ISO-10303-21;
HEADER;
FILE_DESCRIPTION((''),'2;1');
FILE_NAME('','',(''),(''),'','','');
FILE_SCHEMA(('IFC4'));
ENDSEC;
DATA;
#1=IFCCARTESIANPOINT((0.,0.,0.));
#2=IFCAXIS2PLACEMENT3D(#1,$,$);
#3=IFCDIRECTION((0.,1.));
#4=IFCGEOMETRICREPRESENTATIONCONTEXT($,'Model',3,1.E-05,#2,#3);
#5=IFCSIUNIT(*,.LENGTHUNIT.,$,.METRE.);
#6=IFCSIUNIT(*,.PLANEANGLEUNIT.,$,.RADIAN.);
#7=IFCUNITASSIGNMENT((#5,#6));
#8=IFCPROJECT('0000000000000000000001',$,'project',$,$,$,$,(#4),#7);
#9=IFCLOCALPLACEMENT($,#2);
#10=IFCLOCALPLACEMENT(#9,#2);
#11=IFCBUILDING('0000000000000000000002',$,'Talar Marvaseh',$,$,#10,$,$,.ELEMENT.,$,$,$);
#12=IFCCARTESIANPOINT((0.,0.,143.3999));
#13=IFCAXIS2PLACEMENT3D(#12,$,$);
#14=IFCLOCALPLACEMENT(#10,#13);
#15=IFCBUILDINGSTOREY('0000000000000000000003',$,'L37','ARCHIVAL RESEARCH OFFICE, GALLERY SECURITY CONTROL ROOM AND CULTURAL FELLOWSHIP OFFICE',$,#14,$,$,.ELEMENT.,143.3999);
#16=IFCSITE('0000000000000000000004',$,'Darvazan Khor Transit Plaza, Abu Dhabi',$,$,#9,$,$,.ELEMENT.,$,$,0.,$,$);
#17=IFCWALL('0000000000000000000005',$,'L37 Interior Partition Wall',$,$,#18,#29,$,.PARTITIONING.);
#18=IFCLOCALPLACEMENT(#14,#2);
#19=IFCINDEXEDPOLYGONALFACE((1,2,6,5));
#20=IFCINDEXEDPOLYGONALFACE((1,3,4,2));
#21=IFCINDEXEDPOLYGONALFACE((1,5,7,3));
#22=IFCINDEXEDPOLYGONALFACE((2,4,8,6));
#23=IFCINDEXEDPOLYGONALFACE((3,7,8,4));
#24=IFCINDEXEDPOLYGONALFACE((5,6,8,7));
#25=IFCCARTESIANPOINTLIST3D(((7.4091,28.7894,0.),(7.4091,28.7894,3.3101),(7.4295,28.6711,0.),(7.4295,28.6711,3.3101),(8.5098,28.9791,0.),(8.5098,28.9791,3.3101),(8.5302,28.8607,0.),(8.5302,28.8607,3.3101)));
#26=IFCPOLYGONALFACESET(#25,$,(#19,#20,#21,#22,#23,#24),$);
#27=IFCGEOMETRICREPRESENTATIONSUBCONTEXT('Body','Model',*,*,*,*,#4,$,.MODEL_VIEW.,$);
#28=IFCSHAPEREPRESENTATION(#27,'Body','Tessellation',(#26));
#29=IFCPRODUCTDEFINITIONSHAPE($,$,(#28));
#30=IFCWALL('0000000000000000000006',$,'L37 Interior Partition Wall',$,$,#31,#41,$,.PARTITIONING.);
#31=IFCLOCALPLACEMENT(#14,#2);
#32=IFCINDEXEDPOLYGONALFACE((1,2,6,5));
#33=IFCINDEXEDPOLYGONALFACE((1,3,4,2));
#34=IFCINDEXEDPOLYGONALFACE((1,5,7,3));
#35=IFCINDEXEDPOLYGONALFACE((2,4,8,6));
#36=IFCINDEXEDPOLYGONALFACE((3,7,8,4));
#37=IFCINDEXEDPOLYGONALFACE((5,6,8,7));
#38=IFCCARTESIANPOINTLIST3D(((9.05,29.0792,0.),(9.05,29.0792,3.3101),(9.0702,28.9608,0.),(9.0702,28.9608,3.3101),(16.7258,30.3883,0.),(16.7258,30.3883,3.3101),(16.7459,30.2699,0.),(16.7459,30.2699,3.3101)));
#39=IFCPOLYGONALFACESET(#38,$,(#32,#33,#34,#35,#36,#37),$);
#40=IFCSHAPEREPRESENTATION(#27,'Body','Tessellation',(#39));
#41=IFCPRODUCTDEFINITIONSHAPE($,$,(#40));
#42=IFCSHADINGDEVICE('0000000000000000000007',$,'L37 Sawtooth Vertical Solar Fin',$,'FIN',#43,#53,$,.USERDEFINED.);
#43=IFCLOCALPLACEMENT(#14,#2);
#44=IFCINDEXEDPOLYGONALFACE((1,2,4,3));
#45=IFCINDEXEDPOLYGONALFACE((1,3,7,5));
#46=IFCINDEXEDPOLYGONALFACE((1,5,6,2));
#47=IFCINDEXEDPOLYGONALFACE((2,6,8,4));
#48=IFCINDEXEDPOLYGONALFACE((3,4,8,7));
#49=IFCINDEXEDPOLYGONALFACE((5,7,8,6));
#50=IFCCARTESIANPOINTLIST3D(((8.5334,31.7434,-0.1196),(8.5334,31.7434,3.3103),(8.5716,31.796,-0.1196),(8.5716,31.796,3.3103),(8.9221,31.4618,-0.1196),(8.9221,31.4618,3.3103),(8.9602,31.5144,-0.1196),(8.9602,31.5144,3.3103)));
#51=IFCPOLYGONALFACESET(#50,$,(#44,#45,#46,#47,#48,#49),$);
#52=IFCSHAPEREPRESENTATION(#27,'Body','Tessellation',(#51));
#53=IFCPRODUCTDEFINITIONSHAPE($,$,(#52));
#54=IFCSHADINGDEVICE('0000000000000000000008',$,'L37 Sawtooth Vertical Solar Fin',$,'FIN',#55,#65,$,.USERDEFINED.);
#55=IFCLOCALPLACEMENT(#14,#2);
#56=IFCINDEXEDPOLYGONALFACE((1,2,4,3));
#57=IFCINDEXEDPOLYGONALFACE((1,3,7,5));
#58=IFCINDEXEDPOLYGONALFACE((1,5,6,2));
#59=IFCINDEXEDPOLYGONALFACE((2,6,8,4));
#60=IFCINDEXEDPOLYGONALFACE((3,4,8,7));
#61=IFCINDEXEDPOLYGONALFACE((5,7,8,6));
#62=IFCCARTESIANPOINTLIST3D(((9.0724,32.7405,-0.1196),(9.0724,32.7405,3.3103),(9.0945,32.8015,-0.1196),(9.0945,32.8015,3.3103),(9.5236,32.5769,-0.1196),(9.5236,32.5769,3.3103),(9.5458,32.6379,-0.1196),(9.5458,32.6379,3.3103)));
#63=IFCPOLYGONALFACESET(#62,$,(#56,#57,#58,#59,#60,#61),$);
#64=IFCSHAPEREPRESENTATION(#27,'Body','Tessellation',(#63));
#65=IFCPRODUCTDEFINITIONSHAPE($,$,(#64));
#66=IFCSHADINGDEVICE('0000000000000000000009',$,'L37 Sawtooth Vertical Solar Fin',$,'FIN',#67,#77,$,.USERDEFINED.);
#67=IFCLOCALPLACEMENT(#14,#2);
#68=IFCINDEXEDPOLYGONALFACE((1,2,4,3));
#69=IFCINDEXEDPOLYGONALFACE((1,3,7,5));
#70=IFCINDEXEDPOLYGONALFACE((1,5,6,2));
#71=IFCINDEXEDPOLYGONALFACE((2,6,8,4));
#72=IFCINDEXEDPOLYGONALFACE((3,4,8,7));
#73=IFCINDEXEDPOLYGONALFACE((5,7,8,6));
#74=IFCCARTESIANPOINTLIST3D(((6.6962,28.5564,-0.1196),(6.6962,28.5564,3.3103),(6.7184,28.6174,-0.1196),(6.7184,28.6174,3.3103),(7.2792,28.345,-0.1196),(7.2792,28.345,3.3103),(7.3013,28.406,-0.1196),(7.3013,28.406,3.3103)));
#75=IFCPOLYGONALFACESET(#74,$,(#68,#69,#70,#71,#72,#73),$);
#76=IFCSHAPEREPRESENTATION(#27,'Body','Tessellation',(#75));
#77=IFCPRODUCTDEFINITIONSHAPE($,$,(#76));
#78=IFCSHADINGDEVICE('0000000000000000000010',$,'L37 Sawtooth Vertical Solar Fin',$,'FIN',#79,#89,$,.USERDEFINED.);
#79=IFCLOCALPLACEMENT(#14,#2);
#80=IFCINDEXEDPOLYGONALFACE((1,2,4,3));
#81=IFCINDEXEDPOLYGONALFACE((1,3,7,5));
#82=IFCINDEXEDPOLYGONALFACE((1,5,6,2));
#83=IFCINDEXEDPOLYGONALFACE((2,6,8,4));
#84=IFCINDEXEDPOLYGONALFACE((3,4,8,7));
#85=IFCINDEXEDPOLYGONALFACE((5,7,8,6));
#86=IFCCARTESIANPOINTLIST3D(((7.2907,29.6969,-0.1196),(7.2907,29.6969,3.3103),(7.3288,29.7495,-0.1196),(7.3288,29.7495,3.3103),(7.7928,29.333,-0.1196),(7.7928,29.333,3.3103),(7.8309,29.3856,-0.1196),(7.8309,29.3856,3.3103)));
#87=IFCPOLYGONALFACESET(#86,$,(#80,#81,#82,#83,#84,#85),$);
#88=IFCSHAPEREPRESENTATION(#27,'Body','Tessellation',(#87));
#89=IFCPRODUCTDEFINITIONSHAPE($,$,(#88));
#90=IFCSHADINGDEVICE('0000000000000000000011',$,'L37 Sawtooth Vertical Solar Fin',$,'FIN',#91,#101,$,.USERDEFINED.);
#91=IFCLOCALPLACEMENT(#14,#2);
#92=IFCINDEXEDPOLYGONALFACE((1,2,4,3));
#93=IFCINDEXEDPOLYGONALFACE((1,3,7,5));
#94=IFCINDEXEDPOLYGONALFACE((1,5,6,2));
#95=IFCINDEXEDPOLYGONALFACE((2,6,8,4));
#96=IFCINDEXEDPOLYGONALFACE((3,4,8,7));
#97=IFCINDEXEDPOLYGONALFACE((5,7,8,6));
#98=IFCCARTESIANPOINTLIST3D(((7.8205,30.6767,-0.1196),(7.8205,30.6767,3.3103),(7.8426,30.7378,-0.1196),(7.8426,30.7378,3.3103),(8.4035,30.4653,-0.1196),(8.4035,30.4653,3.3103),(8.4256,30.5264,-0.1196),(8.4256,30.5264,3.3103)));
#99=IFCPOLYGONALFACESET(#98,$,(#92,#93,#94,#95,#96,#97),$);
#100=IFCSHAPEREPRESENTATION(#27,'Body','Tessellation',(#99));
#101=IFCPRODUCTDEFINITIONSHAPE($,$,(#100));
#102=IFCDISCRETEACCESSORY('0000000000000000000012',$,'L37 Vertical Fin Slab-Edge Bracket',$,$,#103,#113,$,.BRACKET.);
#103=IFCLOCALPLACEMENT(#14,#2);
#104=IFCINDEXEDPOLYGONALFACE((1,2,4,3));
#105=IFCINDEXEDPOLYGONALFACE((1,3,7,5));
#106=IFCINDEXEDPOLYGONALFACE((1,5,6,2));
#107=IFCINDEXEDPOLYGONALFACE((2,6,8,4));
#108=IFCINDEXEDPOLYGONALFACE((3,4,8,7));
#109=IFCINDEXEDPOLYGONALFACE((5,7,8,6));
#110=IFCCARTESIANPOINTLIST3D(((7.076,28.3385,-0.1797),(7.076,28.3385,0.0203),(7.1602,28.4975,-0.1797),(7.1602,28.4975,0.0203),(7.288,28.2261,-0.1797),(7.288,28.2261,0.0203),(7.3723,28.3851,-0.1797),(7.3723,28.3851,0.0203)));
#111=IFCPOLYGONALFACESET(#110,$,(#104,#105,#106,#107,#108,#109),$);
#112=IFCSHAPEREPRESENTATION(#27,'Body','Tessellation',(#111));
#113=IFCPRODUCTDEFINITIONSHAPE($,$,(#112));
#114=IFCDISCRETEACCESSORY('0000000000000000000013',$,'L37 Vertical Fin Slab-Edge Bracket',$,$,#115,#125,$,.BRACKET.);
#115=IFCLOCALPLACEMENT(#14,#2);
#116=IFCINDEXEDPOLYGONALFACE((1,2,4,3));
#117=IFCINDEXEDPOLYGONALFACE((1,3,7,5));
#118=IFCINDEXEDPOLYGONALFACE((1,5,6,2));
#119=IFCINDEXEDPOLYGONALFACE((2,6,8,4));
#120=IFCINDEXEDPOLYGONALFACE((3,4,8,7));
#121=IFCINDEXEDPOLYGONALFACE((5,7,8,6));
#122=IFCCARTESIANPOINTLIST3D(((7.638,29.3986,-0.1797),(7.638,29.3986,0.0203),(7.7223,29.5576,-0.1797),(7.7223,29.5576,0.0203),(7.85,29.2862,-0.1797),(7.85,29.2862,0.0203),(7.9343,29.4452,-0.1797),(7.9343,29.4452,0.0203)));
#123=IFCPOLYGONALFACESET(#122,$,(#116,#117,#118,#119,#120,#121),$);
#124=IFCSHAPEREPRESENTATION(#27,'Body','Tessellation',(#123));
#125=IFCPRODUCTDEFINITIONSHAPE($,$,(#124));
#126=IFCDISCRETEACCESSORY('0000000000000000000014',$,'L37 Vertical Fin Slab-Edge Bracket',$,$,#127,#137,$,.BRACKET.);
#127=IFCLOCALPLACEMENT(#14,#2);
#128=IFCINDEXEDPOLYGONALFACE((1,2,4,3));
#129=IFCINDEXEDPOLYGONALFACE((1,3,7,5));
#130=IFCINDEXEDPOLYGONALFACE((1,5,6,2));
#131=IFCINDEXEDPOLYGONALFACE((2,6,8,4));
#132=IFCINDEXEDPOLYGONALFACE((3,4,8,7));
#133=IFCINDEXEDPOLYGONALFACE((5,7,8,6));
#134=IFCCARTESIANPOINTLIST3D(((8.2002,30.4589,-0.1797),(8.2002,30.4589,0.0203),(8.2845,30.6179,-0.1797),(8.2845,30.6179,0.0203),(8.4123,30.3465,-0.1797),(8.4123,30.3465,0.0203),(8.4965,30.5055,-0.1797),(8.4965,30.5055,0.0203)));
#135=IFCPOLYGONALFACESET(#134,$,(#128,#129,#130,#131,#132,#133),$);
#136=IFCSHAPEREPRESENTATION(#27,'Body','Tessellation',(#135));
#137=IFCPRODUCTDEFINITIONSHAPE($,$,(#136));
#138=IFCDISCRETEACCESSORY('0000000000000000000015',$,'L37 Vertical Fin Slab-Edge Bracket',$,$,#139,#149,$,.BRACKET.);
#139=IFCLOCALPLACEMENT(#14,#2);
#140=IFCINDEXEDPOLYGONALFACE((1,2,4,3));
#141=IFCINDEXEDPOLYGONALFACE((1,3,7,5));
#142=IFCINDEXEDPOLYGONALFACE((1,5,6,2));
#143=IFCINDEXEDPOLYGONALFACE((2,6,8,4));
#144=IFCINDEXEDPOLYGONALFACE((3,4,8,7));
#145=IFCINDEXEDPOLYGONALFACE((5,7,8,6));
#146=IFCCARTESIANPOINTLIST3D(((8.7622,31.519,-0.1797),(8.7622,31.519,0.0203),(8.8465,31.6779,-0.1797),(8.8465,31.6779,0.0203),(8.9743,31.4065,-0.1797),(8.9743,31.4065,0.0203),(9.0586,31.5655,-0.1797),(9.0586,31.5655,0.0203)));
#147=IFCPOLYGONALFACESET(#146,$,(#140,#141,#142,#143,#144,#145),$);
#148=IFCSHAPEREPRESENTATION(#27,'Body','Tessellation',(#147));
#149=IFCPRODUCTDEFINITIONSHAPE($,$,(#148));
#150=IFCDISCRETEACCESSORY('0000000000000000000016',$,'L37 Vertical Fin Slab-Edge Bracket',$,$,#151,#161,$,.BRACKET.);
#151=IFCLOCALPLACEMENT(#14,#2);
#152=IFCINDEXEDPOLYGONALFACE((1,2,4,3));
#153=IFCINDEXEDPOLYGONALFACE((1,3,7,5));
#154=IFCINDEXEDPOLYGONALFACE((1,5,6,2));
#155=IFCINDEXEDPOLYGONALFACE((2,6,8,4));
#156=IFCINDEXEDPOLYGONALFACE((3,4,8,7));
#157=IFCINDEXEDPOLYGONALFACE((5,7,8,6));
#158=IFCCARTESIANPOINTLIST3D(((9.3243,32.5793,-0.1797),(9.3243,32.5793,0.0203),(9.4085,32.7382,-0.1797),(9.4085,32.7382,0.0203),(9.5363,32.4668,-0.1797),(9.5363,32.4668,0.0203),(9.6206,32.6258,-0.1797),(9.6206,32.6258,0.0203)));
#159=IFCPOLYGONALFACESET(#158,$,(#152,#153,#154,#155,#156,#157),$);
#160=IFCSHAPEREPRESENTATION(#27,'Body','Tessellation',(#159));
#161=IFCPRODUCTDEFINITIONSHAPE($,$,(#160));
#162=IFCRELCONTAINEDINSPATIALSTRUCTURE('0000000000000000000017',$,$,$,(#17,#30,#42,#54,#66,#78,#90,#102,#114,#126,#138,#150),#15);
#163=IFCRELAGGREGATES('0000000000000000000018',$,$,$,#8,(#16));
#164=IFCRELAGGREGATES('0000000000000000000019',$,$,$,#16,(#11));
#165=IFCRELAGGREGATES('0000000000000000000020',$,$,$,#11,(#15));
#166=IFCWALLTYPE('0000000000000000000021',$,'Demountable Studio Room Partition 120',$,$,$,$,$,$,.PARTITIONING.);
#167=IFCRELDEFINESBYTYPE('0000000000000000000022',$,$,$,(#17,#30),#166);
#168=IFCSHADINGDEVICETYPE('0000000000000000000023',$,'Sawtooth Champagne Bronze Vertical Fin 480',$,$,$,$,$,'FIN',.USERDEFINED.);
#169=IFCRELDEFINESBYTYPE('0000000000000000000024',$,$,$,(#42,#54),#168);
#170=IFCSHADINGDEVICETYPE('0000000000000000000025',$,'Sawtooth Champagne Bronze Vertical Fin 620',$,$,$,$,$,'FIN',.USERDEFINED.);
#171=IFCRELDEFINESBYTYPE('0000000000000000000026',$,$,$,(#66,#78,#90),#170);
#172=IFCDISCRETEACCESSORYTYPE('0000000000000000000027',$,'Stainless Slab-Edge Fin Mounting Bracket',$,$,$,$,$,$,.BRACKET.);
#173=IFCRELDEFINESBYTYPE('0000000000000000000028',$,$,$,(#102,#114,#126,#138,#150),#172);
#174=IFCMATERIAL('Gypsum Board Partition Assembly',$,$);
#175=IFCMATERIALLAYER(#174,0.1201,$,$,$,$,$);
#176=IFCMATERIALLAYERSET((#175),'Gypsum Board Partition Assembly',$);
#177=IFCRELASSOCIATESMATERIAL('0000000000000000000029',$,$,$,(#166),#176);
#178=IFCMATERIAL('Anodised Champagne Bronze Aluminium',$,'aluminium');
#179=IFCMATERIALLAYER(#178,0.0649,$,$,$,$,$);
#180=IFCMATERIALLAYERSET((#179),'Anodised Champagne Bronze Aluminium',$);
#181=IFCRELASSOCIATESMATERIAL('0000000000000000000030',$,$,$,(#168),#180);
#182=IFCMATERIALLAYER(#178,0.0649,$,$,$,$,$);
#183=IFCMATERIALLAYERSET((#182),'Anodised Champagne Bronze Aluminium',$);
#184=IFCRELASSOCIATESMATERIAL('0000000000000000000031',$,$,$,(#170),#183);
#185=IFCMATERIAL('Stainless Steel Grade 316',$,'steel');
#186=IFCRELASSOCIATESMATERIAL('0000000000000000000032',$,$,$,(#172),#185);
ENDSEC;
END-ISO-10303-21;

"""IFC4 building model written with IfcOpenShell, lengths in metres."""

from ifc_helpers import new_model, si_unit, direction, frame, frame_2d, origin, origin_2d, place, context, subcontext, project, spatial, rectangle, extrude, source, transform, mapped, material, layer, layer_set, type_object, type_shapes, element, save


model = new_model("IFC4")

# Units and contexts
model_context = context("Model", 3, precision=1e-05, world=origin(), true_north=direction((0.0, 1.0)))
body_context = subcontext(model_context, "Body", "Model", "MODEL_VIEW")
ifc_project = project(units=[si_unit("LENGTHUNIT", "METRE"), si_unit("PLANEANGLEUNIT", "RADIAN")], contexts=[model_context])

# Site, building, storey
site_placement = place(None, origin())
site = spatial("IfcSite", under=ifc_project, at=site_placement, Name="Darvazan Khor Transit Plaza, Abu Dhabi", CompositionType="ELEMENT", RefElevation=0.0)
building_placement = place(site_placement, origin())
building = spatial("IfcBuilding", under=site, at=building_placement, Name="Talar Marvaseh", CompositionType="ELEMENT")
storey_placement = place(building_placement, frame((0.0, 0.0, 143.3999)))
storey = spatial("IfcBuildingStorey", under=building, at=storey_placement, Name="L37", Description="ARCHIVAL RESEARCH OFFICE, GALLERY SECURITY CONTROL ROOM AND CULTURAL FELLOWSHIP OFFICE", CompositionType="ELEMENT", Elevation=143.3999)

# Walls
ifc_material_1 = material(Name="Gypsum Board Partition Assembly")
ifc_layer_1 = layer(ifc_material_1, 0.1201)
ifc_layer_set_1 = layer_set([ifc_layer_1], Name="Gypsum Board Partition Assembly")
wall_type = type_object("IfcWallType", Name="Demountable Studio Room Partition 120", PredefinedType="PARTITIONING", material=ifc_layer_set_1)
wall_1_placement = place(storey_placement, frame((7.4192, 28.7302, 0.0), z_axis=(0.0, 0.0, 1.0), x_axis=(0.985475, 0.169819, 0.0)))
element("IfcWall", 1, at=wall_1_placement, inside=storey, type_object=wall_type, Name="L37 Interior Partition Wall", PredefinedType="PARTITIONING", context=body_context, shape_type="SweptSolid", body=[
    extrude(rectangle(XDim=1.1169, YDim=0.1201, at=frame_2d((0.5586, 0.0))), origin(), (0.0, 0.0, 1.0), 3.3101),
])
wall_2_placement = place(storey_placement, frame((9.0601, 29.02, 0.0), z_axis=(0.0, 0.0, 1.0), x_axis=(0.985767, 0.16812, 0.0)))
element("IfcWall", 2, at=wall_2_placement, inside=storey, type_object=wall_type, Name="L37 Interior Partition Wall", PredefinedType="PARTITIONING", context=body_context, shape_type="SweptSolid", body=[
    extrude(rectangle(XDim=7.7866, YDim=0.1201, at=frame_2d((3.8933, 0.0))), origin(), (0.0, 0.0, 1.0), 3.3101),
])

# Shading devices
ifc_material_2 = material(Name="Anodised Champagne Bronze Aluminium", Category="aluminium")
ifc_layer_2 = layer(ifc_material_2, 0.0649)
ifc_layer_set_2 = layer_set([ifc_layer_2], Name="Anodised Champagne Bronze Aluminium")
shading_device_type_1 = type_object("IfcShadingDeviceType", Name="Sawtooth Champagne Bronze Vertical Fin 480", ElementType="FIN", PredefinedType="USERDEFINED", material=ifc_layer_set_2)
shared_shape_1 = source(origin(), body_context, "Body", "SweptSolid", [
    extrude(rectangle(XDim=0.48, YDim=0.0649, at=origin_2d()), origin(), (0.0, 0.0, 1.0), 3.4299),
])
type_shapes(shading_device_type_1, [shared_shape_1])
for number, where, z_axis, x_axis, name in (
    (3, (8.7468, 31.6289, -0.1196), (0.0, 0.0, 1.0), (-0.809735, 0.586796, 0.0), "L37 Sawtooth Vertical Solar Fin"),
    (4, (9.3091, 32.6892, -0.1196), (0.0, 0.0, 1.0), (-0.94011, 0.340872, 0.0), "L37 Sawtooth Vertical Solar Fin"),
):
    element("IfcShadingDevice", number, at=place(storey_placement, frame(where, z_axis=z_axis, x_axis=x_axis)), inside=storey, type_object=shading_device_type_1, Name=name, ObjectType="FIN", PredefinedType="USERDEFINED", context=body_context, shape_type="MappedRepresentation", body=[
        mapped(shared_shape_1, transform((0.0, 0.0, 0.0), x_axis=(1.0, 0.0, 0.0), y_axis=(0.0, 1.0, 0.0), z_axis=(0.0, 0.0, 1.0), scale=1.0)),
    ])
ifc_layer_3 = layer(ifc_material_2, 0.0649)
ifc_layer_set_3 = layer_set([ifc_layer_3], Name="Anodised Champagne Bronze Aluminium")
shading_device_type_2 = type_object("IfcShadingDeviceType", Name="Sawtooth Champagne Bronze Vertical Fin 620", ElementType="FIN", PredefinedType="USERDEFINED", material=ifc_layer_set_3)
shared_shape_2 = source(origin(), body_context, "Body", "SweptSolid", [
    extrude(rectangle(XDim=0.6201, YDim=0.0649, at=origin_2d()), origin(), (0.0, 0.0, 1.0), 3.4299),
])
type_shapes(shading_device_type_2, [shared_shape_2])
for number, where, z_axis, x_axis, name in (
    (5, (6.9988, 28.4812, -0.1196), (0.0, 0.0, 1.0), (-0.94011, 0.340872, 0.0), "L37 Sawtooth Vertical Solar Fin"),
    (6, (7.5608, 29.5413, -0.1196), (0.0, 0.0, 1.0), (-0.809735, 0.586796, 0.0), "L37 Sawtooth Vertical Solar Fin"),
    (7, (8.123, 30.6016, -0.1196), (0.0, 0.0, 1.0), (-0.94011, 0.340872, 0.0), "L37 Sawtooth Vertical Solar Fin"),
):
    element("IfcShadingDevice", number, at=place(storey_placement, frame(where, z_axis=z_axis, x_axis=x_axis)), inside=storey, type_object=shading_device_type_2, Name=name, ObjectType="FIN", PredefinedType="USERDEFINED", context=body_context, shape_type="MappedRepresentation", body=[
        mapped(shared_shape_2, transform((0.0, 0.0, 0.0), x_axis=(1.0, 0.0, 0.0), y_axis=(0.0, 1.0, 0.0), z_axis=(0.0, 0.0, 1.0), scale=1.0)),
    ])

# Discrete accessories
ifc_material_3 = material(Name="Stainless Steel Grade 316", Category="steel")
discrete_accessory_type = type_object("IfcDiscreteAccessoryType", Name="Stainless Slab-Edge Fin Mounting Bracket", PredefinedType="BRACKET", material=ifc_material_3)
shared_shape_3 = source(origin(), body_context, "Body", "SweptSolid", [
    extrude(rectangle(XDim=0.24, YDim=0.1799, at=origin_2d()), origin(), (0.0, 0.0, 1.0), 0.2),
])
type_shapes(discrete_accessory_type, [shared_shape_3])
for number, where, z_axis, x_axis, name in (
    (8, (7.2241, 28.3618, -0.1797), (0.0, 0.0, 1.0), (-0.883521, 0.468392, 0.0), "L37 Vertical Fin Slab-Edge Bracket"),
    (9, (7.7861, 29.4219, -0.1797), (0.0, 0.0, 1.0), (-0.883521, 0.468392, 0.0), "L37 Vertical Fin Slab-Edge Bracket"),
    (10, (8.3484, 30.4822, -0.1797), (0.0, 0.0, 1.0), (-0.883521, 0.468392, 0.0), "L37 Vertical Fin Slab-Edge Bracket"),
    (11, (8.9104, 31.5422, -0.1797), (0.0, 0.0, 1.0), (-0.883521, 0.468392, 0.0), "L37 Vertical Fin Slab-Edge Bracket"),
    (12, (9.4724, 32.6025, -0.1797), (0.0, 0.0, 1.0), (-0.883521, 0.468392, 0.0), "L37 Vertical Fin Slab-Edge Bracket"),
):
    element("IfcDiscreteAccessory", number, at=place(storey_placement, frame(where, z_axis=z_axis, x_axis=x_axis)), inside=storey, type_object=discrete_accessory_type, Name=name, PredefinedType="BRACKET", context=body_context, shape_type="MappedRepresentation", body=[
        mapped(shared_shape_3, transform((0.0, 0.0, 0.0), x_axis=(1.0, 0.0, 0.0), y_axis=(0.0, 1.0, 0.0), z_axis=(0.0, 0.0, 1.0), scale=1.0)),
    ])

save(model, "model.ifc")
